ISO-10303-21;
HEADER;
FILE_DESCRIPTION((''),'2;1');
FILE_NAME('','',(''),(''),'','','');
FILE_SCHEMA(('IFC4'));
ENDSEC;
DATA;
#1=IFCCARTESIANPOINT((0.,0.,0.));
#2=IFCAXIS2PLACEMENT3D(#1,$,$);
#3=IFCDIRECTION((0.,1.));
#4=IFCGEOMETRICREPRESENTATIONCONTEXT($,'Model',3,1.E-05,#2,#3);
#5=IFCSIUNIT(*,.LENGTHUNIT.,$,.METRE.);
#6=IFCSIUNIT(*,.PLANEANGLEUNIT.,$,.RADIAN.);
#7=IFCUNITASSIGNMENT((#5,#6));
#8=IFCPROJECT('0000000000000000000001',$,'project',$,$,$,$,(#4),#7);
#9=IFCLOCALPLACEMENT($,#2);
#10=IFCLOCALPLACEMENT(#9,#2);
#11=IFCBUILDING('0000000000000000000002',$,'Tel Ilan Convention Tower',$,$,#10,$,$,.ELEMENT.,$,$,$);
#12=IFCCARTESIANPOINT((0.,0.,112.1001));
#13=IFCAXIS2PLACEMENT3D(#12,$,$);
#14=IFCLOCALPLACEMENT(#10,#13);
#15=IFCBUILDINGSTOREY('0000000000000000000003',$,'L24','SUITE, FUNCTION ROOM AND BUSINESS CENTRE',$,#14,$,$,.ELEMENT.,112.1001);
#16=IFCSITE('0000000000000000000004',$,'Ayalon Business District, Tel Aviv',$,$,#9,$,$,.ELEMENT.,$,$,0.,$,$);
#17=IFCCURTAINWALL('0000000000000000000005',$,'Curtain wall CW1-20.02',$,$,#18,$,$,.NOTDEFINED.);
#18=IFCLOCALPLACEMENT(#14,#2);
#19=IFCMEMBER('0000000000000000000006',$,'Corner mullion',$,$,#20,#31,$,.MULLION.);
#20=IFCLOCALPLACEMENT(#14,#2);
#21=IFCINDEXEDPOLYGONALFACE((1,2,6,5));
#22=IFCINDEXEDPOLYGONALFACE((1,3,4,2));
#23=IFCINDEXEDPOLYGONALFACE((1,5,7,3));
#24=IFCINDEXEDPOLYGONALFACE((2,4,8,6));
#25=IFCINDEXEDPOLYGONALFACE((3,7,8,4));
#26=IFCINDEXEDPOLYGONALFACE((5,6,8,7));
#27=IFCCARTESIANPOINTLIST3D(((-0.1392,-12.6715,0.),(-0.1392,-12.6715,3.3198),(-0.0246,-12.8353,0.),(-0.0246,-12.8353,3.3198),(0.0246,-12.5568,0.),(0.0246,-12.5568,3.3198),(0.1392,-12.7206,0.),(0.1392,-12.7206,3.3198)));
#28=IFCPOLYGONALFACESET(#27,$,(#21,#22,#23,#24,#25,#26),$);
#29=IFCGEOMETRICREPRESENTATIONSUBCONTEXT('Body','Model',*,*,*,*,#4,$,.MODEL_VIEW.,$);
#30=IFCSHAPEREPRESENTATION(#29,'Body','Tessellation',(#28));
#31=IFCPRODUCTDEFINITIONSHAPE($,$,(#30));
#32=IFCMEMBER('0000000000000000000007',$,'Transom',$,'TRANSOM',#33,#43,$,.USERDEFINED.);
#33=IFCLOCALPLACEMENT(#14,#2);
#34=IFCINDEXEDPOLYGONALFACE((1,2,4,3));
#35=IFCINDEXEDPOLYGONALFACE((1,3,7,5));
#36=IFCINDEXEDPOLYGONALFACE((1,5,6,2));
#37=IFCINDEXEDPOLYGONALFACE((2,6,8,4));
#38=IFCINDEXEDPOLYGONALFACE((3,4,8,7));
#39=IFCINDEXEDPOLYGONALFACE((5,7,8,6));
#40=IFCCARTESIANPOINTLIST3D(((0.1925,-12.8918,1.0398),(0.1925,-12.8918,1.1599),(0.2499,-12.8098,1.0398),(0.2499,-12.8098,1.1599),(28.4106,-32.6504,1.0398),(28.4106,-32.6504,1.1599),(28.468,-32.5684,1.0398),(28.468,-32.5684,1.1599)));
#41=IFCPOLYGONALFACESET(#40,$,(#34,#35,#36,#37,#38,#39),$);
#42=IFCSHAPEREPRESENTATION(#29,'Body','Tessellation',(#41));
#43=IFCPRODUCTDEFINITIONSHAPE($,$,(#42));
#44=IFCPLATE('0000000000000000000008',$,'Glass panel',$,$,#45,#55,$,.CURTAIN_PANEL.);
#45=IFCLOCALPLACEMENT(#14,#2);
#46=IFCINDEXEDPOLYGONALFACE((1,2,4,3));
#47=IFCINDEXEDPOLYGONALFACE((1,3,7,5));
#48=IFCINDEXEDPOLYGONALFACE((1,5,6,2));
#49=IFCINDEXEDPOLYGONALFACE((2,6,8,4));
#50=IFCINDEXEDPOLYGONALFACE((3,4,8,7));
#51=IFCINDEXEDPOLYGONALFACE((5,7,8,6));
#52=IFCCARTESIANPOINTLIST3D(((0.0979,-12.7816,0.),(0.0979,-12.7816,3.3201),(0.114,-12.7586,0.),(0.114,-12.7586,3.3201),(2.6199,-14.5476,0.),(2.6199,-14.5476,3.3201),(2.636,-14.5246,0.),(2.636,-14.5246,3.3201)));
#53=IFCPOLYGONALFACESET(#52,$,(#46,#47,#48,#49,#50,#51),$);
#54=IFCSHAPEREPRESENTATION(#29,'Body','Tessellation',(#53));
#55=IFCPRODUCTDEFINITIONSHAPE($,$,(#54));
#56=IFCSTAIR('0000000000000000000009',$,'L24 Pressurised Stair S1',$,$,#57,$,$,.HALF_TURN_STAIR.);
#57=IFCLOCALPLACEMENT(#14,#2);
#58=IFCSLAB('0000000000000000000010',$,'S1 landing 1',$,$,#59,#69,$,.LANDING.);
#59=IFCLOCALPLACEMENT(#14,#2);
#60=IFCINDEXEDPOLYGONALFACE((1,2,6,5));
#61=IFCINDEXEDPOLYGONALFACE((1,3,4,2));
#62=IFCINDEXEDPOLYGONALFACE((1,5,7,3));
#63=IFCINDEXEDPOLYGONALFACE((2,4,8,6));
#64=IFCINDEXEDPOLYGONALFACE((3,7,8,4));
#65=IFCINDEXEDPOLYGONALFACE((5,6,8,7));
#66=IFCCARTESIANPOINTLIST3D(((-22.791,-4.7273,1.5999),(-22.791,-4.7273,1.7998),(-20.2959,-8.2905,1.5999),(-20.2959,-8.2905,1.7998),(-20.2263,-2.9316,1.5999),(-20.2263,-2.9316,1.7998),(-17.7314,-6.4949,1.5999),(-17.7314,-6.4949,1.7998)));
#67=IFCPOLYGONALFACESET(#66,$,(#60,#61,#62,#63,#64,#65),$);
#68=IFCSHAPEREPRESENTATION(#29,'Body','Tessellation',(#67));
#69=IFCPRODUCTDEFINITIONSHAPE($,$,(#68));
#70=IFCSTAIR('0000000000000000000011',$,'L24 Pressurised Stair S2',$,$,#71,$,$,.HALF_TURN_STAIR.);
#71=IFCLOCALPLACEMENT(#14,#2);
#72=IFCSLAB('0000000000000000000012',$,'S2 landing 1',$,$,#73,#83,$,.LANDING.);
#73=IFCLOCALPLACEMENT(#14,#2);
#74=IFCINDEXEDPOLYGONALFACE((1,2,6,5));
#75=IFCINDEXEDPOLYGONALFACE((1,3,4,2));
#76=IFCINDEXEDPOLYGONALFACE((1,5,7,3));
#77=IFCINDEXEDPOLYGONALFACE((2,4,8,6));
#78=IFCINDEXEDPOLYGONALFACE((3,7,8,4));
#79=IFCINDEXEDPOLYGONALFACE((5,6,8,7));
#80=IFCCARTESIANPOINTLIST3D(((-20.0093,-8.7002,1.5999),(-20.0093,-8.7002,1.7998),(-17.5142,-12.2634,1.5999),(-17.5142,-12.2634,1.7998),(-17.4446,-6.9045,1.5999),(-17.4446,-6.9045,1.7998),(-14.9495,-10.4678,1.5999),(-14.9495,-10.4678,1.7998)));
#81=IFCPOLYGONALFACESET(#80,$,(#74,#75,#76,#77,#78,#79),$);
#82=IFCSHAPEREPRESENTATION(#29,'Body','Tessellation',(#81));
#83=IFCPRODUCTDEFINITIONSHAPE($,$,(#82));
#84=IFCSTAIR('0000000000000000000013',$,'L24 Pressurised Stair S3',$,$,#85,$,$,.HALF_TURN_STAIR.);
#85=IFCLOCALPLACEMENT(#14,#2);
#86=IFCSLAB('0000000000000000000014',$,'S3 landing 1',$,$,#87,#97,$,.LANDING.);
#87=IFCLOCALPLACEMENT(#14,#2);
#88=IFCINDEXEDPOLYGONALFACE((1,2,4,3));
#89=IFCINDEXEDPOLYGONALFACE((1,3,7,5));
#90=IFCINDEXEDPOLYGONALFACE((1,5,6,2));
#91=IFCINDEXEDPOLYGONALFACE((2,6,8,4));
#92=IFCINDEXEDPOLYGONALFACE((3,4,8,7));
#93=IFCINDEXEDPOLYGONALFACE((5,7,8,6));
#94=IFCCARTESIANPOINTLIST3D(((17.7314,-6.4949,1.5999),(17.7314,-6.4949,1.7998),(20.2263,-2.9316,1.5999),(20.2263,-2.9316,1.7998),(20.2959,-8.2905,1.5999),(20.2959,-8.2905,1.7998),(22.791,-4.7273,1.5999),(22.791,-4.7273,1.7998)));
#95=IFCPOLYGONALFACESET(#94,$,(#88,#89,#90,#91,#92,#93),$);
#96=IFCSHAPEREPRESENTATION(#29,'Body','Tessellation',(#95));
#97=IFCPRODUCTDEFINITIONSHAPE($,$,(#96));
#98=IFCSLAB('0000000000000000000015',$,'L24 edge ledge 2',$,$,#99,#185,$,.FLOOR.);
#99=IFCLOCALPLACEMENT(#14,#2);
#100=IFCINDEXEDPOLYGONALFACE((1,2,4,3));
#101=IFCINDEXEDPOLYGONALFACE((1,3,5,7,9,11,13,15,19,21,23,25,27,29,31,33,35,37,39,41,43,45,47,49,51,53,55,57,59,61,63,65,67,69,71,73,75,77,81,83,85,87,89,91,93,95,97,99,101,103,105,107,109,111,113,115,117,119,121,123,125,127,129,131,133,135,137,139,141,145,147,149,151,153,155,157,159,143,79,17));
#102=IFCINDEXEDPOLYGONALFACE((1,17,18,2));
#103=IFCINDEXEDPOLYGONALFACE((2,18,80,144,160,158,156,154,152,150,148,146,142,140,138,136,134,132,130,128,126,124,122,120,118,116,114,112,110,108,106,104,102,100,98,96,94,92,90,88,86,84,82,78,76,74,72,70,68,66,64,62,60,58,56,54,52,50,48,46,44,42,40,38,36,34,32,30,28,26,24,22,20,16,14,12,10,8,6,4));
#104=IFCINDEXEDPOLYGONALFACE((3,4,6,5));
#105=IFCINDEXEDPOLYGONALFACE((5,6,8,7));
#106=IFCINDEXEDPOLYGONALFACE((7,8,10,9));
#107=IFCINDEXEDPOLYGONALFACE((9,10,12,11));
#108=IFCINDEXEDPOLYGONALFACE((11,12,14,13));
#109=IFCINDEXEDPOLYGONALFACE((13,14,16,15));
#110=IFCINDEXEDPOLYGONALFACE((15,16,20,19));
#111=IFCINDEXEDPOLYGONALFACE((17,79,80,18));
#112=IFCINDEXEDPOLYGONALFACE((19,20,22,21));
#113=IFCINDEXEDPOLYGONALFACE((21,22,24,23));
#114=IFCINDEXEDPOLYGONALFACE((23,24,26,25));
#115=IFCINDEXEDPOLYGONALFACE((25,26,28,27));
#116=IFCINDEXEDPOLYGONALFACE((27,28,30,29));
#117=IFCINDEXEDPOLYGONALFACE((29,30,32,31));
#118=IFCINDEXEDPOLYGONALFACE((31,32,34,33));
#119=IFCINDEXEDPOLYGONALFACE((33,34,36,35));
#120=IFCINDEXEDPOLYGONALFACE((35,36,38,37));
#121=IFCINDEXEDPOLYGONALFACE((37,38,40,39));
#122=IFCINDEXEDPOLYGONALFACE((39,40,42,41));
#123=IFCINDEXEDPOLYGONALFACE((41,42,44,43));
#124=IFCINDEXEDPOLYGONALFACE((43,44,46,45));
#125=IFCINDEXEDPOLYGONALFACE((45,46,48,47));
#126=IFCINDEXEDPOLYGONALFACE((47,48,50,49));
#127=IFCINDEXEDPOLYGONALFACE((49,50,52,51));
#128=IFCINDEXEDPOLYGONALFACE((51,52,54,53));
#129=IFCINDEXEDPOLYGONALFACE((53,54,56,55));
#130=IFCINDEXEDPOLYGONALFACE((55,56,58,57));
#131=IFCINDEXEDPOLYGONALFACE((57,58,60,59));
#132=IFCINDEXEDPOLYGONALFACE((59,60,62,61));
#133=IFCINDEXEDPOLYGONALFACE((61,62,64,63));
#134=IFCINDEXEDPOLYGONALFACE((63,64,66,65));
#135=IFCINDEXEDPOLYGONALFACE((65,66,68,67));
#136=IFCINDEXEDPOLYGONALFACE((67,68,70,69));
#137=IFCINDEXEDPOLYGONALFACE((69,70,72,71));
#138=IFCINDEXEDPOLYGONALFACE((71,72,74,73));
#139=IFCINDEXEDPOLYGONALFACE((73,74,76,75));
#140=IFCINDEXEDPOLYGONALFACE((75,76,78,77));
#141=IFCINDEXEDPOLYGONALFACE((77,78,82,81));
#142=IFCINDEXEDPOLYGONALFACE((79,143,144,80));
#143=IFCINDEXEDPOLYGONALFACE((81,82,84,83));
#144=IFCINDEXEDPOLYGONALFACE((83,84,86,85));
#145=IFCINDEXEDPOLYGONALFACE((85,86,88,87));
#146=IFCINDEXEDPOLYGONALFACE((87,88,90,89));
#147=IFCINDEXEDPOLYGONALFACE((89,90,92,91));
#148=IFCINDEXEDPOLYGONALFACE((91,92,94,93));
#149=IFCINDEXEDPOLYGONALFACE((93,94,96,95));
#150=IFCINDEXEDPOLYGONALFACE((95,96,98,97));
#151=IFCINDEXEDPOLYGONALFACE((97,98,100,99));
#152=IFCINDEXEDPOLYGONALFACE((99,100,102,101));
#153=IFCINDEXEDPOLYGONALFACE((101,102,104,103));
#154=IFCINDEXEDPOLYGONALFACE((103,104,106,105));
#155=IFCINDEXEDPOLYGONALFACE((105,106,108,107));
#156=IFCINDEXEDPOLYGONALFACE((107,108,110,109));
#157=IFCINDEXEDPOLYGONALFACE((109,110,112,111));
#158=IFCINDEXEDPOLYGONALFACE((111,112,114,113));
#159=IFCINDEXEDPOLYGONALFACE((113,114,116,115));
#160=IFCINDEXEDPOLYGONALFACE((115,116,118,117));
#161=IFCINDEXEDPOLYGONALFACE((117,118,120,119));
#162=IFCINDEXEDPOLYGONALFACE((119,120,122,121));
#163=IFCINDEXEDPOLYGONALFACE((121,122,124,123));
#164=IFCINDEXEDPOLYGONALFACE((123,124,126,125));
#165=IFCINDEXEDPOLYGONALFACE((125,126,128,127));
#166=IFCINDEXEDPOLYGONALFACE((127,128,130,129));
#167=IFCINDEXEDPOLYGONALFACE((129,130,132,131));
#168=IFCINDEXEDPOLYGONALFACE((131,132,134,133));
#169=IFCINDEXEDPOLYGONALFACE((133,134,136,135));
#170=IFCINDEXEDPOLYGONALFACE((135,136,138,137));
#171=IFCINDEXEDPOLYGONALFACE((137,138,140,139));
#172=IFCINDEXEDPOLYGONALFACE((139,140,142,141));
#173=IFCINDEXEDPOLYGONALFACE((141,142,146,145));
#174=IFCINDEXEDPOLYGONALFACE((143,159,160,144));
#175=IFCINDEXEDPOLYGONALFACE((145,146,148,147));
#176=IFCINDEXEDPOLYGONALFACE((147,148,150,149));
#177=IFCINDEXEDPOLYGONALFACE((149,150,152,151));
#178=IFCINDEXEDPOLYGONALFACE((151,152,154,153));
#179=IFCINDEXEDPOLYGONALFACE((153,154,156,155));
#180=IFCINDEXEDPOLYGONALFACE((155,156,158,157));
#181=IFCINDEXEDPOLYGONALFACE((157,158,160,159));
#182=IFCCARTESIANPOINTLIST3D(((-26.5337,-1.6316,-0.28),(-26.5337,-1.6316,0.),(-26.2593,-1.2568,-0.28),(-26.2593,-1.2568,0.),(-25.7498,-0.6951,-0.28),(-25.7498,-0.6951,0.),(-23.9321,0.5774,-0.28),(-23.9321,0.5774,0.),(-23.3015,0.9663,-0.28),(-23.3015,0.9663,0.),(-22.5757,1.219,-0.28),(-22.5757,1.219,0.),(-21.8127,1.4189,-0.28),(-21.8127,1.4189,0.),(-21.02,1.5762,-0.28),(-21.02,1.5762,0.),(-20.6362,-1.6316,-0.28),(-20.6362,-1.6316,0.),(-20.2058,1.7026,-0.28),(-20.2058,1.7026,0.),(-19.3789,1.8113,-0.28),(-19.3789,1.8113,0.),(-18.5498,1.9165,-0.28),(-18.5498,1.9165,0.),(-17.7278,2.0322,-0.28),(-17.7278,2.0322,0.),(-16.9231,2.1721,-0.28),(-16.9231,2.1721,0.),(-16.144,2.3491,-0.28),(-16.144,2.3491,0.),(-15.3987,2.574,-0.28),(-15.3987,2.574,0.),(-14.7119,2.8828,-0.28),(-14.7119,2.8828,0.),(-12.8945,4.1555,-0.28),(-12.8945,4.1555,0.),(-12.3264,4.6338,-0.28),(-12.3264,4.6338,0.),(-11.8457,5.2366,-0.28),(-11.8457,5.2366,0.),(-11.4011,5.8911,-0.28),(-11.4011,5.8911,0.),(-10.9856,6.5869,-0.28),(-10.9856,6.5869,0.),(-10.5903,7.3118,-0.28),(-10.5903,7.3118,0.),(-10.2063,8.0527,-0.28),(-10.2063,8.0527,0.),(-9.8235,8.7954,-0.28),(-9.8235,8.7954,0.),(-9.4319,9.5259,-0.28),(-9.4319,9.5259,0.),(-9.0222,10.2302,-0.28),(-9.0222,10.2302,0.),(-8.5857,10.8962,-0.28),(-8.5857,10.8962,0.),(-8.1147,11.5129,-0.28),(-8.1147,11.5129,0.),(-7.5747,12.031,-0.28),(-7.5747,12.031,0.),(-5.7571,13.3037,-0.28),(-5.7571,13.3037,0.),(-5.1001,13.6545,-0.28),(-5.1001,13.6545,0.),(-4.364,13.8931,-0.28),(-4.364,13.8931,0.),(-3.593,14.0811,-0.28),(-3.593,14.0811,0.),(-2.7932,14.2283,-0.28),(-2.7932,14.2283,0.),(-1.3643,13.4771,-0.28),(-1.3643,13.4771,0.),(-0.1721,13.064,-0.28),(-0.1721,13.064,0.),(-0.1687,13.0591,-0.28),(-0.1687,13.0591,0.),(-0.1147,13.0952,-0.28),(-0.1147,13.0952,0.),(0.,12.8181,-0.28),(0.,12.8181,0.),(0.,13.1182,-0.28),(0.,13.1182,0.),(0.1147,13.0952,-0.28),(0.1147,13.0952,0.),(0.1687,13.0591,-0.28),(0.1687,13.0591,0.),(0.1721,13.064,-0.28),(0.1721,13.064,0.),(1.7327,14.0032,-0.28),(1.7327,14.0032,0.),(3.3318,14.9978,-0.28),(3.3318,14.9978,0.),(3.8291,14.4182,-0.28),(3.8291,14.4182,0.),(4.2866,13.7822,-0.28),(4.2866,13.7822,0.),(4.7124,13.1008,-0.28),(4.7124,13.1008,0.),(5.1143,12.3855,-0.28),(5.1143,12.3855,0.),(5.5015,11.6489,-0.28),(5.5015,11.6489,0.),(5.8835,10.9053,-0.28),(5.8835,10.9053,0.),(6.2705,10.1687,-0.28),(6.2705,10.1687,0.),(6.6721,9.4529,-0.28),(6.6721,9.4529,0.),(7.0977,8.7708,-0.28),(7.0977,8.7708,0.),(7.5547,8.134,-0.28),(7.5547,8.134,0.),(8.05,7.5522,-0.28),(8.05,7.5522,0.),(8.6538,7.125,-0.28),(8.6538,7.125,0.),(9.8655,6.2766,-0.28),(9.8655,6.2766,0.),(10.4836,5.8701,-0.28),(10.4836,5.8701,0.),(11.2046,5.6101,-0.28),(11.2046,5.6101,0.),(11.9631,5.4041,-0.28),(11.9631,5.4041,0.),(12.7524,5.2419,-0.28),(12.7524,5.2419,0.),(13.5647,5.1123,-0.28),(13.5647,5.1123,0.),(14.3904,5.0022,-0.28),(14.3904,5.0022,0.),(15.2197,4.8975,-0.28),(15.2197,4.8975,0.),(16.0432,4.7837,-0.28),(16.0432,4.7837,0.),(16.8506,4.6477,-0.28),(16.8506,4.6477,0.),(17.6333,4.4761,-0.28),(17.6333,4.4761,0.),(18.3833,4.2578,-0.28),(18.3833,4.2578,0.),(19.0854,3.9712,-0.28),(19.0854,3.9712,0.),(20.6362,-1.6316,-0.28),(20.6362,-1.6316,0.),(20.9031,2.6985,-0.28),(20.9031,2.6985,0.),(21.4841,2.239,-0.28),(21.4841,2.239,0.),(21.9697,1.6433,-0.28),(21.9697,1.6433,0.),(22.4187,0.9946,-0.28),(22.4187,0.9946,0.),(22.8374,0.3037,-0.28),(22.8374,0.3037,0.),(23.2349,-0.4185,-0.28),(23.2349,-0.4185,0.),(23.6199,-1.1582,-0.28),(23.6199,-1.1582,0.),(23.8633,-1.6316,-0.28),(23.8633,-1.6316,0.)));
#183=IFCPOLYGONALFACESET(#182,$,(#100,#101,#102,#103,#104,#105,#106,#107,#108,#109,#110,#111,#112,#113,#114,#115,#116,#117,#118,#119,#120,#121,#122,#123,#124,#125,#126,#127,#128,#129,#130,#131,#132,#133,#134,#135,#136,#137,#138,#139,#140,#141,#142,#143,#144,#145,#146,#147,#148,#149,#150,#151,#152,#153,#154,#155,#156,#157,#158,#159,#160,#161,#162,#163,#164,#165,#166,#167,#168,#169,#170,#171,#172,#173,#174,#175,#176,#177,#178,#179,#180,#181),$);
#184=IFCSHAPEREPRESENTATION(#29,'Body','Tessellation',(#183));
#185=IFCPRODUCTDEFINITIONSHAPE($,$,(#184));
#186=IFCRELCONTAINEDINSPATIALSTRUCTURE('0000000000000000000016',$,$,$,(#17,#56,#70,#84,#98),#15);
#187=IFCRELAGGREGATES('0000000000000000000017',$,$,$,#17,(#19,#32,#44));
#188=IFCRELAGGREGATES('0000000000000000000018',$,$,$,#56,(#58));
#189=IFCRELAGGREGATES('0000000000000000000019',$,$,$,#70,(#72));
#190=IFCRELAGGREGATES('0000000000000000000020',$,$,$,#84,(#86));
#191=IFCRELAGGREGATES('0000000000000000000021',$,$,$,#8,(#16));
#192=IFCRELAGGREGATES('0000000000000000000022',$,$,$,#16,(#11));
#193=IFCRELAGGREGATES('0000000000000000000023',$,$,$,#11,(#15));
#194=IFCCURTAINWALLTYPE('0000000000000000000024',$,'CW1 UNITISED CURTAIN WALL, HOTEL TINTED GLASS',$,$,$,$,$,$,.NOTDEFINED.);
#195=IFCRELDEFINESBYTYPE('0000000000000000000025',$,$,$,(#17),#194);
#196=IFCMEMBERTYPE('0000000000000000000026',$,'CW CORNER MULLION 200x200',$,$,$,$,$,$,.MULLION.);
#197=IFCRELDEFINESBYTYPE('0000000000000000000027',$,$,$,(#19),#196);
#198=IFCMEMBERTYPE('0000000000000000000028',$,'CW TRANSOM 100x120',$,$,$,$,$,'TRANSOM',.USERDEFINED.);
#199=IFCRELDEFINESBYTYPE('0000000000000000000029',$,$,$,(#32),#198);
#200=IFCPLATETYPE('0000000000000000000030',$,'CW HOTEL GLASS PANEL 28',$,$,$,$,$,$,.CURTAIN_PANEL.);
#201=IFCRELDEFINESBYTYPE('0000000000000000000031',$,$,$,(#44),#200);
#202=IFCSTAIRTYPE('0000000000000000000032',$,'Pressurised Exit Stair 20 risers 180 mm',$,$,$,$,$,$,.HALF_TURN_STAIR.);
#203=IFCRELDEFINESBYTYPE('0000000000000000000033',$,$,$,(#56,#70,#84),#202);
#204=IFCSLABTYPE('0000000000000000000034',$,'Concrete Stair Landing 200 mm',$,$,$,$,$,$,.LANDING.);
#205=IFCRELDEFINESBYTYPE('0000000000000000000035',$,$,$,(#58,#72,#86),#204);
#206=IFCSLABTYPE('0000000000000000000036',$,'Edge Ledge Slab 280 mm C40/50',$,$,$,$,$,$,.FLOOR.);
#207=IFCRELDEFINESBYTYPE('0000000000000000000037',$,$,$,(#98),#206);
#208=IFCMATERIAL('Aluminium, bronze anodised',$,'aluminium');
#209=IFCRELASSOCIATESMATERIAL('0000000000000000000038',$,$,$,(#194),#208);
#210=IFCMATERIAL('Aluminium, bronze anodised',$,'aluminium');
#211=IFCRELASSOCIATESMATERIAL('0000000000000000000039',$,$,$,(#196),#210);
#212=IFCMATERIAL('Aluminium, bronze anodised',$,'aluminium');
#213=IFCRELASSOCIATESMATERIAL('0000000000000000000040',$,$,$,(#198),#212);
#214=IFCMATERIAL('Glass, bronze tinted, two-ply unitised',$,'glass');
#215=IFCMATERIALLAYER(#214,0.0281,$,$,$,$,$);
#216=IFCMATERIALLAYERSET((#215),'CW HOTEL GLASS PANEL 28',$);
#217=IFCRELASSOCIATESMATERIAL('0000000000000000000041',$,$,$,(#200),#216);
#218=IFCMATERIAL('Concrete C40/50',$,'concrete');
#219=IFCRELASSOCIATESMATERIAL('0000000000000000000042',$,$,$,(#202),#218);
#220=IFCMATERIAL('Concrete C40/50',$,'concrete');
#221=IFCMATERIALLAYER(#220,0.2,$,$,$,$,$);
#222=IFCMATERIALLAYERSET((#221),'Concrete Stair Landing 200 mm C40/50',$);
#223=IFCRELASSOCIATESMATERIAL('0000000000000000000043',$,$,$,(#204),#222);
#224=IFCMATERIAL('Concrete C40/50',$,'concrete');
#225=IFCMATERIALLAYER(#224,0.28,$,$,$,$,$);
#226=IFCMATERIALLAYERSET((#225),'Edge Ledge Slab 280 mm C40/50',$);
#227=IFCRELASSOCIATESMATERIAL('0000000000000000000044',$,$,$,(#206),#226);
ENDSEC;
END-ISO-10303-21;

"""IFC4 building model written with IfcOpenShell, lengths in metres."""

from ifc_helpers import new_model, si_unit, direction, frame, origin, origin_2d, place, context, subcontext, project, spatial, polyline, rectangle, outline, extrude, material, layer, layer_set, material_profile, profile_set, type_object, element, aggregate, save


model = new_model("IFC4")

# Units and contexts
model_context = context("Model", 3, precision=1e-05, world=origin(), true_north=direction((0.0, 1.0)))
body_context = subcontext(model_context, "Body", "Model", "MODEL_VIEW")
ifc_project = project(units=[si_unit("LENGTHUNIT", "METRE"), si_unit("PLANEANGLEUNIT", "RADIAN")], contexts=[model_context])

# Site, building, storey
site_placement = place(None, origin())
site = spatial("IfcSite", under=ifc_project, at=site_placement, Name="Ayalon Business District, Tel Aviv", CompositionType="ELEMENT", RefElevation=0.0)
building_placement = place(site_placement, origin())
building = spatial("IfcBuilding", under=site, at=building_placement, Name="Tel Ilan Convention Tower", CompositionType="ELEMENT")
storey_placement = place(building_placement, frame((0.0, 0.0, 112.1001)))
storey = spatial("IfcBuildingStorey", under=building, at=storey_placement, Name="L24", Description="SUITE, FUNCTION ROOM AND BUSINESS CENTRE", CompositionType="ELEMENT", Elevation=112.1001)

# Curtain wall, members, plate
ifc_material_1 = material(Name="Aluminium, bronze anodised", Category="aluminium")
curtain_wall_type = type_object("IfcCurtainWallType", Name="CW1 UNITISED CURTAIN WALL, HOTEL TINTED GLASS", PredefinedType="NOTDEFINED", material=ifc_material_1)
curtain_wall_placement = place(storey_placement, origin())
curtain_wall = element("IfcCurtainWall", 1, at=curtain_wall_placement, inside=storey, type_object=curtain_wall_type, Name="Curtain wall CW1-20.02", PredefinedType="NOTDEFINED")
ifc_material_2 = material(Name="Aluminium, bronze anodised", Category="aluminium")
ifc_material_profile_1 = material_profile(ifc_material_2, rectangle(XDim=0.2, YDim=0.2, at=origin_2d()), Name="CW CORNER MULLION 200x200")
ifc_profile_set_1 = profile_set([ifc_material_profile_1], Name="Aluminium, bronze anodised")
member_type_1 = type_object("IfcMemberType", Name="CW CORNER MULLION 200x200", PredefinedType="MULLION", material=ifc_profile_set_1)
member_1_placement = place(storey_placement, frame((0.0, -12.696, 0.0), z_axis=(0.0, 0.0, 1.0), x_axis=(0.819152, 0.573576, 0.0)))
member_1 = element("IfcMember", 2, at=member_1_placement, type_object=member_type_1, Name="Corner mullion", PredefinedType="MULLION", context=body_context, shape_type="SweptSolid", body=[
    extrude(rectangle(XDim=0.2, YDim=0.2, at=origin_2d()), origin(), (0.0, 0.0, 1.0), 3.3198),
])
ifc_material_3 = material(Name="Aluminium, bronze anodised", Category="aluminium")
ifc_material_profile_2 = material_profile(ifc_material_3, rectangle(XDim=0.1001, YDim=0.1201, at=origin_2d()), Name="CW TRANSOM 100x120")
ifc_profile_set_2 = profile_set([ifc_material_profile_2], Name="Aluminium, bronze anodised")
member_type_2 = type_object("IfcMemberType", Name="CW TRANSOM 100x120", ElementType="TRANSOM", PredefinedType="USERDEFINED", material=ifc_profile_set_2)
member_2_placement = place(storey_placement, frame((0.2212, -12.8508, 1.0999), z_axis=(0.819151, -0.573578, 0.0), x_axis=(0.573578, 0.819151, 0.0)))
member_2 = element("IfcMember", 3, at=member_2_placement, type_object=member_type_2, Name="Transom", ObjectType="TRANSOM", PredefinedType="USERDEFINED", context=body_context, shape_type="SweptSolid", body=[
    extrude(rectangle(XDim=0.1001, YDim=0.1201, at=origin_2d()), origin(), (0.0, 0.0, 1.0), 34.448),
])
ifc_material_4 = material(Name="Glass, bronze tinted, two-ply unitised", Category="glass")
ifc_layer_1 = layer(ifc_material_4, 0.0281)
ifc_layer_set_1 = layer_set([ifc_layer_1], Name="CW HOTEL GLASS PANEL 28")
plate_type = type_object("IfcPlateType", Name="CW HOTEL GLASS PANEL 28", PredefinedType="CURTAIN_PANEL", material=ifc_layer_set_1)
plate_placement = place(storey_placement, frame((1.3669, -13.6531, 0.0), z_axis=(0.0, 0.0, 1.0), x_axis=(0.819152, -0.573576, 0.0)))
plate = element("IfcPlate", 4, at=plate_placement, type_object=plate_type, Name="Glass panel", PredefinedType="CURTAIN_PANEL", context=body_context, shape_type="SweptSolid", body=[
    extrude(rectangle(XDim=3.0789, YDim=0.0281, at=origin_2d()), origin(), (0.0, 0.0, 1.0), 3.3201),
])
aggregate(curtain_wall, [member_1, member_2, plate])

# Stairs, slabs
ifc_material_5 = material(Name="Concrete C40/50", Category="concrete")
stair_type = type_object("IfcStairType", Name="Pressurised Exit Stair 20 risers 180 mm", PredefinedType="HALF_TURN_STAIR", material=ifc_material_5)
stair_1_placement = place(storey_placement, origin())
stair_1 = element("IfcStair", 5, at=stair_1_placement, inside=storey, type_object=stair_type, Name="L24 Pressurised Stair S1", PredefinedType="HALF_TURN_STAIR")
ifc_material_6 = material(Name="Concrete C40/50", Category="concrete")
ifc_layer_2 = layer(ifc_material_6, 0.2)
ifc_layer_set_2 = layer_set([ifc_layer_2], Name="Concrete Stair Landing 200 mm C40/50")
slab_type_1 = type_object("IfcSlabType", Name="Concrete Stair Landing 200 mm", PredefinedType="LANDING", material=ifc_layer_set_2)
slab_1_placement = place(storey_placement, frame((0.0, 0.0, 1.5999)))
slab_1 = element("IfcSlab", 6, at=slab_1_placement, type_object=slab_type_1, Name="S1 landing 1", PredefinedType="LANDING", context=body_context, shape_type="SweptSolid", body=[
    extrude(outline(polyline([(-20.2959, -8.2905), (-17.7314, -6.4949), (-20.2263, -2.9316), (-22.791, -4.7273), (-20.2959, -8.2905)])), origin(), (0.0, 0.0, 1.0), 0.2),
])
aggregate(stair_1, [slab_1])
stair_2_placement = place(storey_placement, origin())
stair_2 = element("IfcStair", 7, at=stair_2_placement, inside=storey, type_object=stair_type, Name="L24 Pressurised Stair S2", PredefinedType="HALF_TURN_STAIR")
slab_2_placement = place(storey_placement, frame((0.0, 0.0, 1.5999)))
slab_2 = element("IfcSlab", 8, at=slab_2_placement, type_object=slab_type_1, Name="S2 landing 1", PredefinedType="LANDING", context=body_context, shape_type="SweptSolid", body=[
    extrude(outline(polyline([(-17.5142, -12.2634), (-14.9495, -10.4678), (-17.4446, -6.9045), (-20.0093, -8.7002), (-17.5142, -12.2634)])), origin(), (0.0, 0.0, 1.0), 0.2),
])
aggregate(stair_2, [slab_2])
stair_3_placement = place(storey_placement, origin())
stair_3 = element("IfcStair", 9, at=stair_3_placement, inside=storey, type_object=stair_type, Name="L24 Pressurised Stair S3", PredefinedType="HALF_TURN_STAIR")
slab_3_placement = place(storey_placement, frame((0.0, 0.0, 1.5999)))
slab_3 = element("IfcSlab", 10, at=slab_3_placement, type_object=slab_type_1, Name="S3 landing 1", PredefinedType="LANDING", context=body_context, shape_type="SweptSolid", body=[
    extrude(outline(polyline([(22.791, -4.7273), (20.2263, -2.9316), (17.7314, -6.4949), (20.2959, -8.2905), (22.791, -4.7273)])), origin(), (0.0, 0.0, 1.0), 0.2),
])
aggregate(stair_3, [slab_3])

# Slab
ifc_material_7 = material(Name="Concrete C40/50", Category="concrete")
ifc_layer_3 = layer(ifc_material_7, 0.28)
ifc_layer_set_3 = layer_set([ifc_layer_3], Name="Edge Ledge Slab 280 mm C40/50")
slab_type_2 = type_object("IfcSlabType", Name="Edge Ledge Slab 280 mm C40/50", PredefinedType="FLOOR", material=ifc_layer_set_3)
slab_4_placement = place(storey_placement, frame((0.0, 0.0, -0.28)))
element("IfcSlab", 11, at=slab_4_placement, inside=storey, type_object=slab_type_2, Name="L24 edge ledge 2", PredefinedType="FLOOR", context=body_context, shape_type="SweptSolid", body=[
    extrude(outline(polyline([(-23.3015, 0.9663), (-22.5757, 1.219), (-21.8127, 1.4189), (-21.02, 1.5762), (-20.2058, 1.7026), (-19.3789, 1.8113), (-18.5498, 1.9165), (-17.7278, 2.0322), (-16.9231, 2.1721), (-16.144, 2.3491), (-15.3987, 2.574), (-14.7119, 2.8828), (-12.8945, 4.1555), (-12.3264, 4.6338), (-11.8457, 5.2366), (-11.4011, 5.8911), (-10.9856, 6.5869), (-10.5903, 7.3118), (-10.2063, 8.0527), (-9.8235, 8.7954), (-9.4319, 9.5259), (-9.0222, 10.2302), (-8.5857, 10.8962), (-8.1147, 11.5129), (-7.5747, 12.031), (-5.7571, 13.3037), (-5.1001, 13.6545), (-4.364, 13.8931), (-3.593, 14.0811), (-2.7932, 14.2283), (-1.3643, 13.4771), (-0.1721, 13.064), (-0.1687, 13.0591), (-0.1147, 13.0952), (0.0, 13.1182), (0.1147, 13.0952), (0.1687, 13.0591), (0.1721, 13.064), (1.7327, 14.0032), (3.3318, 14.9978), (3.8291, 14.4182), (4.2866, 13.7822), (4.7124, 13.1008), (5.1143, 12.3855), (5.5015, 11.6489), (5.8835, 10.9053), (6.2705, 10.1687), (6.6721, 9.4529), (7.0977, 8.7708), (7.5547, 8.134), (8.05, 7.5522), (8.6538, 7.125), (9.8655, 6.2766), (10.4836, 5.8701), (11.2046, 5.6101), (11.9631, 5.4041), (12.7524, 5.2419), (13.5647, 5.1123), (14.3904, 5.0022), (15.2197, 4.8975), (16.0432, 4.7837), (16.8506, 4.6477), (17.6333, 4.4761), (18.3833, 4.2578), (19.0854, 3.9712), (20.9031, 2.6985), (21.4841, 2.239), (21.9697, 1.6433), (22.4187, 0.9946), (22.8374, 0.3037), (23.2349, -0.4185), (23.6199, -1.1582), (23.8633, -1.6316), (20.6362, -1.6316), (0.0, 12.8181), (-20.6362, -1.6316), (-26.5337, -1.6316), (-26.2593, -1.2568), (-25.7498, -0.6951), (-23.9321, 0.5774), (-23.3015, 0.9663)])), origin(), (0.0, 0.0, 1.0), 0.28),
])

save(model, "model.ifc")
